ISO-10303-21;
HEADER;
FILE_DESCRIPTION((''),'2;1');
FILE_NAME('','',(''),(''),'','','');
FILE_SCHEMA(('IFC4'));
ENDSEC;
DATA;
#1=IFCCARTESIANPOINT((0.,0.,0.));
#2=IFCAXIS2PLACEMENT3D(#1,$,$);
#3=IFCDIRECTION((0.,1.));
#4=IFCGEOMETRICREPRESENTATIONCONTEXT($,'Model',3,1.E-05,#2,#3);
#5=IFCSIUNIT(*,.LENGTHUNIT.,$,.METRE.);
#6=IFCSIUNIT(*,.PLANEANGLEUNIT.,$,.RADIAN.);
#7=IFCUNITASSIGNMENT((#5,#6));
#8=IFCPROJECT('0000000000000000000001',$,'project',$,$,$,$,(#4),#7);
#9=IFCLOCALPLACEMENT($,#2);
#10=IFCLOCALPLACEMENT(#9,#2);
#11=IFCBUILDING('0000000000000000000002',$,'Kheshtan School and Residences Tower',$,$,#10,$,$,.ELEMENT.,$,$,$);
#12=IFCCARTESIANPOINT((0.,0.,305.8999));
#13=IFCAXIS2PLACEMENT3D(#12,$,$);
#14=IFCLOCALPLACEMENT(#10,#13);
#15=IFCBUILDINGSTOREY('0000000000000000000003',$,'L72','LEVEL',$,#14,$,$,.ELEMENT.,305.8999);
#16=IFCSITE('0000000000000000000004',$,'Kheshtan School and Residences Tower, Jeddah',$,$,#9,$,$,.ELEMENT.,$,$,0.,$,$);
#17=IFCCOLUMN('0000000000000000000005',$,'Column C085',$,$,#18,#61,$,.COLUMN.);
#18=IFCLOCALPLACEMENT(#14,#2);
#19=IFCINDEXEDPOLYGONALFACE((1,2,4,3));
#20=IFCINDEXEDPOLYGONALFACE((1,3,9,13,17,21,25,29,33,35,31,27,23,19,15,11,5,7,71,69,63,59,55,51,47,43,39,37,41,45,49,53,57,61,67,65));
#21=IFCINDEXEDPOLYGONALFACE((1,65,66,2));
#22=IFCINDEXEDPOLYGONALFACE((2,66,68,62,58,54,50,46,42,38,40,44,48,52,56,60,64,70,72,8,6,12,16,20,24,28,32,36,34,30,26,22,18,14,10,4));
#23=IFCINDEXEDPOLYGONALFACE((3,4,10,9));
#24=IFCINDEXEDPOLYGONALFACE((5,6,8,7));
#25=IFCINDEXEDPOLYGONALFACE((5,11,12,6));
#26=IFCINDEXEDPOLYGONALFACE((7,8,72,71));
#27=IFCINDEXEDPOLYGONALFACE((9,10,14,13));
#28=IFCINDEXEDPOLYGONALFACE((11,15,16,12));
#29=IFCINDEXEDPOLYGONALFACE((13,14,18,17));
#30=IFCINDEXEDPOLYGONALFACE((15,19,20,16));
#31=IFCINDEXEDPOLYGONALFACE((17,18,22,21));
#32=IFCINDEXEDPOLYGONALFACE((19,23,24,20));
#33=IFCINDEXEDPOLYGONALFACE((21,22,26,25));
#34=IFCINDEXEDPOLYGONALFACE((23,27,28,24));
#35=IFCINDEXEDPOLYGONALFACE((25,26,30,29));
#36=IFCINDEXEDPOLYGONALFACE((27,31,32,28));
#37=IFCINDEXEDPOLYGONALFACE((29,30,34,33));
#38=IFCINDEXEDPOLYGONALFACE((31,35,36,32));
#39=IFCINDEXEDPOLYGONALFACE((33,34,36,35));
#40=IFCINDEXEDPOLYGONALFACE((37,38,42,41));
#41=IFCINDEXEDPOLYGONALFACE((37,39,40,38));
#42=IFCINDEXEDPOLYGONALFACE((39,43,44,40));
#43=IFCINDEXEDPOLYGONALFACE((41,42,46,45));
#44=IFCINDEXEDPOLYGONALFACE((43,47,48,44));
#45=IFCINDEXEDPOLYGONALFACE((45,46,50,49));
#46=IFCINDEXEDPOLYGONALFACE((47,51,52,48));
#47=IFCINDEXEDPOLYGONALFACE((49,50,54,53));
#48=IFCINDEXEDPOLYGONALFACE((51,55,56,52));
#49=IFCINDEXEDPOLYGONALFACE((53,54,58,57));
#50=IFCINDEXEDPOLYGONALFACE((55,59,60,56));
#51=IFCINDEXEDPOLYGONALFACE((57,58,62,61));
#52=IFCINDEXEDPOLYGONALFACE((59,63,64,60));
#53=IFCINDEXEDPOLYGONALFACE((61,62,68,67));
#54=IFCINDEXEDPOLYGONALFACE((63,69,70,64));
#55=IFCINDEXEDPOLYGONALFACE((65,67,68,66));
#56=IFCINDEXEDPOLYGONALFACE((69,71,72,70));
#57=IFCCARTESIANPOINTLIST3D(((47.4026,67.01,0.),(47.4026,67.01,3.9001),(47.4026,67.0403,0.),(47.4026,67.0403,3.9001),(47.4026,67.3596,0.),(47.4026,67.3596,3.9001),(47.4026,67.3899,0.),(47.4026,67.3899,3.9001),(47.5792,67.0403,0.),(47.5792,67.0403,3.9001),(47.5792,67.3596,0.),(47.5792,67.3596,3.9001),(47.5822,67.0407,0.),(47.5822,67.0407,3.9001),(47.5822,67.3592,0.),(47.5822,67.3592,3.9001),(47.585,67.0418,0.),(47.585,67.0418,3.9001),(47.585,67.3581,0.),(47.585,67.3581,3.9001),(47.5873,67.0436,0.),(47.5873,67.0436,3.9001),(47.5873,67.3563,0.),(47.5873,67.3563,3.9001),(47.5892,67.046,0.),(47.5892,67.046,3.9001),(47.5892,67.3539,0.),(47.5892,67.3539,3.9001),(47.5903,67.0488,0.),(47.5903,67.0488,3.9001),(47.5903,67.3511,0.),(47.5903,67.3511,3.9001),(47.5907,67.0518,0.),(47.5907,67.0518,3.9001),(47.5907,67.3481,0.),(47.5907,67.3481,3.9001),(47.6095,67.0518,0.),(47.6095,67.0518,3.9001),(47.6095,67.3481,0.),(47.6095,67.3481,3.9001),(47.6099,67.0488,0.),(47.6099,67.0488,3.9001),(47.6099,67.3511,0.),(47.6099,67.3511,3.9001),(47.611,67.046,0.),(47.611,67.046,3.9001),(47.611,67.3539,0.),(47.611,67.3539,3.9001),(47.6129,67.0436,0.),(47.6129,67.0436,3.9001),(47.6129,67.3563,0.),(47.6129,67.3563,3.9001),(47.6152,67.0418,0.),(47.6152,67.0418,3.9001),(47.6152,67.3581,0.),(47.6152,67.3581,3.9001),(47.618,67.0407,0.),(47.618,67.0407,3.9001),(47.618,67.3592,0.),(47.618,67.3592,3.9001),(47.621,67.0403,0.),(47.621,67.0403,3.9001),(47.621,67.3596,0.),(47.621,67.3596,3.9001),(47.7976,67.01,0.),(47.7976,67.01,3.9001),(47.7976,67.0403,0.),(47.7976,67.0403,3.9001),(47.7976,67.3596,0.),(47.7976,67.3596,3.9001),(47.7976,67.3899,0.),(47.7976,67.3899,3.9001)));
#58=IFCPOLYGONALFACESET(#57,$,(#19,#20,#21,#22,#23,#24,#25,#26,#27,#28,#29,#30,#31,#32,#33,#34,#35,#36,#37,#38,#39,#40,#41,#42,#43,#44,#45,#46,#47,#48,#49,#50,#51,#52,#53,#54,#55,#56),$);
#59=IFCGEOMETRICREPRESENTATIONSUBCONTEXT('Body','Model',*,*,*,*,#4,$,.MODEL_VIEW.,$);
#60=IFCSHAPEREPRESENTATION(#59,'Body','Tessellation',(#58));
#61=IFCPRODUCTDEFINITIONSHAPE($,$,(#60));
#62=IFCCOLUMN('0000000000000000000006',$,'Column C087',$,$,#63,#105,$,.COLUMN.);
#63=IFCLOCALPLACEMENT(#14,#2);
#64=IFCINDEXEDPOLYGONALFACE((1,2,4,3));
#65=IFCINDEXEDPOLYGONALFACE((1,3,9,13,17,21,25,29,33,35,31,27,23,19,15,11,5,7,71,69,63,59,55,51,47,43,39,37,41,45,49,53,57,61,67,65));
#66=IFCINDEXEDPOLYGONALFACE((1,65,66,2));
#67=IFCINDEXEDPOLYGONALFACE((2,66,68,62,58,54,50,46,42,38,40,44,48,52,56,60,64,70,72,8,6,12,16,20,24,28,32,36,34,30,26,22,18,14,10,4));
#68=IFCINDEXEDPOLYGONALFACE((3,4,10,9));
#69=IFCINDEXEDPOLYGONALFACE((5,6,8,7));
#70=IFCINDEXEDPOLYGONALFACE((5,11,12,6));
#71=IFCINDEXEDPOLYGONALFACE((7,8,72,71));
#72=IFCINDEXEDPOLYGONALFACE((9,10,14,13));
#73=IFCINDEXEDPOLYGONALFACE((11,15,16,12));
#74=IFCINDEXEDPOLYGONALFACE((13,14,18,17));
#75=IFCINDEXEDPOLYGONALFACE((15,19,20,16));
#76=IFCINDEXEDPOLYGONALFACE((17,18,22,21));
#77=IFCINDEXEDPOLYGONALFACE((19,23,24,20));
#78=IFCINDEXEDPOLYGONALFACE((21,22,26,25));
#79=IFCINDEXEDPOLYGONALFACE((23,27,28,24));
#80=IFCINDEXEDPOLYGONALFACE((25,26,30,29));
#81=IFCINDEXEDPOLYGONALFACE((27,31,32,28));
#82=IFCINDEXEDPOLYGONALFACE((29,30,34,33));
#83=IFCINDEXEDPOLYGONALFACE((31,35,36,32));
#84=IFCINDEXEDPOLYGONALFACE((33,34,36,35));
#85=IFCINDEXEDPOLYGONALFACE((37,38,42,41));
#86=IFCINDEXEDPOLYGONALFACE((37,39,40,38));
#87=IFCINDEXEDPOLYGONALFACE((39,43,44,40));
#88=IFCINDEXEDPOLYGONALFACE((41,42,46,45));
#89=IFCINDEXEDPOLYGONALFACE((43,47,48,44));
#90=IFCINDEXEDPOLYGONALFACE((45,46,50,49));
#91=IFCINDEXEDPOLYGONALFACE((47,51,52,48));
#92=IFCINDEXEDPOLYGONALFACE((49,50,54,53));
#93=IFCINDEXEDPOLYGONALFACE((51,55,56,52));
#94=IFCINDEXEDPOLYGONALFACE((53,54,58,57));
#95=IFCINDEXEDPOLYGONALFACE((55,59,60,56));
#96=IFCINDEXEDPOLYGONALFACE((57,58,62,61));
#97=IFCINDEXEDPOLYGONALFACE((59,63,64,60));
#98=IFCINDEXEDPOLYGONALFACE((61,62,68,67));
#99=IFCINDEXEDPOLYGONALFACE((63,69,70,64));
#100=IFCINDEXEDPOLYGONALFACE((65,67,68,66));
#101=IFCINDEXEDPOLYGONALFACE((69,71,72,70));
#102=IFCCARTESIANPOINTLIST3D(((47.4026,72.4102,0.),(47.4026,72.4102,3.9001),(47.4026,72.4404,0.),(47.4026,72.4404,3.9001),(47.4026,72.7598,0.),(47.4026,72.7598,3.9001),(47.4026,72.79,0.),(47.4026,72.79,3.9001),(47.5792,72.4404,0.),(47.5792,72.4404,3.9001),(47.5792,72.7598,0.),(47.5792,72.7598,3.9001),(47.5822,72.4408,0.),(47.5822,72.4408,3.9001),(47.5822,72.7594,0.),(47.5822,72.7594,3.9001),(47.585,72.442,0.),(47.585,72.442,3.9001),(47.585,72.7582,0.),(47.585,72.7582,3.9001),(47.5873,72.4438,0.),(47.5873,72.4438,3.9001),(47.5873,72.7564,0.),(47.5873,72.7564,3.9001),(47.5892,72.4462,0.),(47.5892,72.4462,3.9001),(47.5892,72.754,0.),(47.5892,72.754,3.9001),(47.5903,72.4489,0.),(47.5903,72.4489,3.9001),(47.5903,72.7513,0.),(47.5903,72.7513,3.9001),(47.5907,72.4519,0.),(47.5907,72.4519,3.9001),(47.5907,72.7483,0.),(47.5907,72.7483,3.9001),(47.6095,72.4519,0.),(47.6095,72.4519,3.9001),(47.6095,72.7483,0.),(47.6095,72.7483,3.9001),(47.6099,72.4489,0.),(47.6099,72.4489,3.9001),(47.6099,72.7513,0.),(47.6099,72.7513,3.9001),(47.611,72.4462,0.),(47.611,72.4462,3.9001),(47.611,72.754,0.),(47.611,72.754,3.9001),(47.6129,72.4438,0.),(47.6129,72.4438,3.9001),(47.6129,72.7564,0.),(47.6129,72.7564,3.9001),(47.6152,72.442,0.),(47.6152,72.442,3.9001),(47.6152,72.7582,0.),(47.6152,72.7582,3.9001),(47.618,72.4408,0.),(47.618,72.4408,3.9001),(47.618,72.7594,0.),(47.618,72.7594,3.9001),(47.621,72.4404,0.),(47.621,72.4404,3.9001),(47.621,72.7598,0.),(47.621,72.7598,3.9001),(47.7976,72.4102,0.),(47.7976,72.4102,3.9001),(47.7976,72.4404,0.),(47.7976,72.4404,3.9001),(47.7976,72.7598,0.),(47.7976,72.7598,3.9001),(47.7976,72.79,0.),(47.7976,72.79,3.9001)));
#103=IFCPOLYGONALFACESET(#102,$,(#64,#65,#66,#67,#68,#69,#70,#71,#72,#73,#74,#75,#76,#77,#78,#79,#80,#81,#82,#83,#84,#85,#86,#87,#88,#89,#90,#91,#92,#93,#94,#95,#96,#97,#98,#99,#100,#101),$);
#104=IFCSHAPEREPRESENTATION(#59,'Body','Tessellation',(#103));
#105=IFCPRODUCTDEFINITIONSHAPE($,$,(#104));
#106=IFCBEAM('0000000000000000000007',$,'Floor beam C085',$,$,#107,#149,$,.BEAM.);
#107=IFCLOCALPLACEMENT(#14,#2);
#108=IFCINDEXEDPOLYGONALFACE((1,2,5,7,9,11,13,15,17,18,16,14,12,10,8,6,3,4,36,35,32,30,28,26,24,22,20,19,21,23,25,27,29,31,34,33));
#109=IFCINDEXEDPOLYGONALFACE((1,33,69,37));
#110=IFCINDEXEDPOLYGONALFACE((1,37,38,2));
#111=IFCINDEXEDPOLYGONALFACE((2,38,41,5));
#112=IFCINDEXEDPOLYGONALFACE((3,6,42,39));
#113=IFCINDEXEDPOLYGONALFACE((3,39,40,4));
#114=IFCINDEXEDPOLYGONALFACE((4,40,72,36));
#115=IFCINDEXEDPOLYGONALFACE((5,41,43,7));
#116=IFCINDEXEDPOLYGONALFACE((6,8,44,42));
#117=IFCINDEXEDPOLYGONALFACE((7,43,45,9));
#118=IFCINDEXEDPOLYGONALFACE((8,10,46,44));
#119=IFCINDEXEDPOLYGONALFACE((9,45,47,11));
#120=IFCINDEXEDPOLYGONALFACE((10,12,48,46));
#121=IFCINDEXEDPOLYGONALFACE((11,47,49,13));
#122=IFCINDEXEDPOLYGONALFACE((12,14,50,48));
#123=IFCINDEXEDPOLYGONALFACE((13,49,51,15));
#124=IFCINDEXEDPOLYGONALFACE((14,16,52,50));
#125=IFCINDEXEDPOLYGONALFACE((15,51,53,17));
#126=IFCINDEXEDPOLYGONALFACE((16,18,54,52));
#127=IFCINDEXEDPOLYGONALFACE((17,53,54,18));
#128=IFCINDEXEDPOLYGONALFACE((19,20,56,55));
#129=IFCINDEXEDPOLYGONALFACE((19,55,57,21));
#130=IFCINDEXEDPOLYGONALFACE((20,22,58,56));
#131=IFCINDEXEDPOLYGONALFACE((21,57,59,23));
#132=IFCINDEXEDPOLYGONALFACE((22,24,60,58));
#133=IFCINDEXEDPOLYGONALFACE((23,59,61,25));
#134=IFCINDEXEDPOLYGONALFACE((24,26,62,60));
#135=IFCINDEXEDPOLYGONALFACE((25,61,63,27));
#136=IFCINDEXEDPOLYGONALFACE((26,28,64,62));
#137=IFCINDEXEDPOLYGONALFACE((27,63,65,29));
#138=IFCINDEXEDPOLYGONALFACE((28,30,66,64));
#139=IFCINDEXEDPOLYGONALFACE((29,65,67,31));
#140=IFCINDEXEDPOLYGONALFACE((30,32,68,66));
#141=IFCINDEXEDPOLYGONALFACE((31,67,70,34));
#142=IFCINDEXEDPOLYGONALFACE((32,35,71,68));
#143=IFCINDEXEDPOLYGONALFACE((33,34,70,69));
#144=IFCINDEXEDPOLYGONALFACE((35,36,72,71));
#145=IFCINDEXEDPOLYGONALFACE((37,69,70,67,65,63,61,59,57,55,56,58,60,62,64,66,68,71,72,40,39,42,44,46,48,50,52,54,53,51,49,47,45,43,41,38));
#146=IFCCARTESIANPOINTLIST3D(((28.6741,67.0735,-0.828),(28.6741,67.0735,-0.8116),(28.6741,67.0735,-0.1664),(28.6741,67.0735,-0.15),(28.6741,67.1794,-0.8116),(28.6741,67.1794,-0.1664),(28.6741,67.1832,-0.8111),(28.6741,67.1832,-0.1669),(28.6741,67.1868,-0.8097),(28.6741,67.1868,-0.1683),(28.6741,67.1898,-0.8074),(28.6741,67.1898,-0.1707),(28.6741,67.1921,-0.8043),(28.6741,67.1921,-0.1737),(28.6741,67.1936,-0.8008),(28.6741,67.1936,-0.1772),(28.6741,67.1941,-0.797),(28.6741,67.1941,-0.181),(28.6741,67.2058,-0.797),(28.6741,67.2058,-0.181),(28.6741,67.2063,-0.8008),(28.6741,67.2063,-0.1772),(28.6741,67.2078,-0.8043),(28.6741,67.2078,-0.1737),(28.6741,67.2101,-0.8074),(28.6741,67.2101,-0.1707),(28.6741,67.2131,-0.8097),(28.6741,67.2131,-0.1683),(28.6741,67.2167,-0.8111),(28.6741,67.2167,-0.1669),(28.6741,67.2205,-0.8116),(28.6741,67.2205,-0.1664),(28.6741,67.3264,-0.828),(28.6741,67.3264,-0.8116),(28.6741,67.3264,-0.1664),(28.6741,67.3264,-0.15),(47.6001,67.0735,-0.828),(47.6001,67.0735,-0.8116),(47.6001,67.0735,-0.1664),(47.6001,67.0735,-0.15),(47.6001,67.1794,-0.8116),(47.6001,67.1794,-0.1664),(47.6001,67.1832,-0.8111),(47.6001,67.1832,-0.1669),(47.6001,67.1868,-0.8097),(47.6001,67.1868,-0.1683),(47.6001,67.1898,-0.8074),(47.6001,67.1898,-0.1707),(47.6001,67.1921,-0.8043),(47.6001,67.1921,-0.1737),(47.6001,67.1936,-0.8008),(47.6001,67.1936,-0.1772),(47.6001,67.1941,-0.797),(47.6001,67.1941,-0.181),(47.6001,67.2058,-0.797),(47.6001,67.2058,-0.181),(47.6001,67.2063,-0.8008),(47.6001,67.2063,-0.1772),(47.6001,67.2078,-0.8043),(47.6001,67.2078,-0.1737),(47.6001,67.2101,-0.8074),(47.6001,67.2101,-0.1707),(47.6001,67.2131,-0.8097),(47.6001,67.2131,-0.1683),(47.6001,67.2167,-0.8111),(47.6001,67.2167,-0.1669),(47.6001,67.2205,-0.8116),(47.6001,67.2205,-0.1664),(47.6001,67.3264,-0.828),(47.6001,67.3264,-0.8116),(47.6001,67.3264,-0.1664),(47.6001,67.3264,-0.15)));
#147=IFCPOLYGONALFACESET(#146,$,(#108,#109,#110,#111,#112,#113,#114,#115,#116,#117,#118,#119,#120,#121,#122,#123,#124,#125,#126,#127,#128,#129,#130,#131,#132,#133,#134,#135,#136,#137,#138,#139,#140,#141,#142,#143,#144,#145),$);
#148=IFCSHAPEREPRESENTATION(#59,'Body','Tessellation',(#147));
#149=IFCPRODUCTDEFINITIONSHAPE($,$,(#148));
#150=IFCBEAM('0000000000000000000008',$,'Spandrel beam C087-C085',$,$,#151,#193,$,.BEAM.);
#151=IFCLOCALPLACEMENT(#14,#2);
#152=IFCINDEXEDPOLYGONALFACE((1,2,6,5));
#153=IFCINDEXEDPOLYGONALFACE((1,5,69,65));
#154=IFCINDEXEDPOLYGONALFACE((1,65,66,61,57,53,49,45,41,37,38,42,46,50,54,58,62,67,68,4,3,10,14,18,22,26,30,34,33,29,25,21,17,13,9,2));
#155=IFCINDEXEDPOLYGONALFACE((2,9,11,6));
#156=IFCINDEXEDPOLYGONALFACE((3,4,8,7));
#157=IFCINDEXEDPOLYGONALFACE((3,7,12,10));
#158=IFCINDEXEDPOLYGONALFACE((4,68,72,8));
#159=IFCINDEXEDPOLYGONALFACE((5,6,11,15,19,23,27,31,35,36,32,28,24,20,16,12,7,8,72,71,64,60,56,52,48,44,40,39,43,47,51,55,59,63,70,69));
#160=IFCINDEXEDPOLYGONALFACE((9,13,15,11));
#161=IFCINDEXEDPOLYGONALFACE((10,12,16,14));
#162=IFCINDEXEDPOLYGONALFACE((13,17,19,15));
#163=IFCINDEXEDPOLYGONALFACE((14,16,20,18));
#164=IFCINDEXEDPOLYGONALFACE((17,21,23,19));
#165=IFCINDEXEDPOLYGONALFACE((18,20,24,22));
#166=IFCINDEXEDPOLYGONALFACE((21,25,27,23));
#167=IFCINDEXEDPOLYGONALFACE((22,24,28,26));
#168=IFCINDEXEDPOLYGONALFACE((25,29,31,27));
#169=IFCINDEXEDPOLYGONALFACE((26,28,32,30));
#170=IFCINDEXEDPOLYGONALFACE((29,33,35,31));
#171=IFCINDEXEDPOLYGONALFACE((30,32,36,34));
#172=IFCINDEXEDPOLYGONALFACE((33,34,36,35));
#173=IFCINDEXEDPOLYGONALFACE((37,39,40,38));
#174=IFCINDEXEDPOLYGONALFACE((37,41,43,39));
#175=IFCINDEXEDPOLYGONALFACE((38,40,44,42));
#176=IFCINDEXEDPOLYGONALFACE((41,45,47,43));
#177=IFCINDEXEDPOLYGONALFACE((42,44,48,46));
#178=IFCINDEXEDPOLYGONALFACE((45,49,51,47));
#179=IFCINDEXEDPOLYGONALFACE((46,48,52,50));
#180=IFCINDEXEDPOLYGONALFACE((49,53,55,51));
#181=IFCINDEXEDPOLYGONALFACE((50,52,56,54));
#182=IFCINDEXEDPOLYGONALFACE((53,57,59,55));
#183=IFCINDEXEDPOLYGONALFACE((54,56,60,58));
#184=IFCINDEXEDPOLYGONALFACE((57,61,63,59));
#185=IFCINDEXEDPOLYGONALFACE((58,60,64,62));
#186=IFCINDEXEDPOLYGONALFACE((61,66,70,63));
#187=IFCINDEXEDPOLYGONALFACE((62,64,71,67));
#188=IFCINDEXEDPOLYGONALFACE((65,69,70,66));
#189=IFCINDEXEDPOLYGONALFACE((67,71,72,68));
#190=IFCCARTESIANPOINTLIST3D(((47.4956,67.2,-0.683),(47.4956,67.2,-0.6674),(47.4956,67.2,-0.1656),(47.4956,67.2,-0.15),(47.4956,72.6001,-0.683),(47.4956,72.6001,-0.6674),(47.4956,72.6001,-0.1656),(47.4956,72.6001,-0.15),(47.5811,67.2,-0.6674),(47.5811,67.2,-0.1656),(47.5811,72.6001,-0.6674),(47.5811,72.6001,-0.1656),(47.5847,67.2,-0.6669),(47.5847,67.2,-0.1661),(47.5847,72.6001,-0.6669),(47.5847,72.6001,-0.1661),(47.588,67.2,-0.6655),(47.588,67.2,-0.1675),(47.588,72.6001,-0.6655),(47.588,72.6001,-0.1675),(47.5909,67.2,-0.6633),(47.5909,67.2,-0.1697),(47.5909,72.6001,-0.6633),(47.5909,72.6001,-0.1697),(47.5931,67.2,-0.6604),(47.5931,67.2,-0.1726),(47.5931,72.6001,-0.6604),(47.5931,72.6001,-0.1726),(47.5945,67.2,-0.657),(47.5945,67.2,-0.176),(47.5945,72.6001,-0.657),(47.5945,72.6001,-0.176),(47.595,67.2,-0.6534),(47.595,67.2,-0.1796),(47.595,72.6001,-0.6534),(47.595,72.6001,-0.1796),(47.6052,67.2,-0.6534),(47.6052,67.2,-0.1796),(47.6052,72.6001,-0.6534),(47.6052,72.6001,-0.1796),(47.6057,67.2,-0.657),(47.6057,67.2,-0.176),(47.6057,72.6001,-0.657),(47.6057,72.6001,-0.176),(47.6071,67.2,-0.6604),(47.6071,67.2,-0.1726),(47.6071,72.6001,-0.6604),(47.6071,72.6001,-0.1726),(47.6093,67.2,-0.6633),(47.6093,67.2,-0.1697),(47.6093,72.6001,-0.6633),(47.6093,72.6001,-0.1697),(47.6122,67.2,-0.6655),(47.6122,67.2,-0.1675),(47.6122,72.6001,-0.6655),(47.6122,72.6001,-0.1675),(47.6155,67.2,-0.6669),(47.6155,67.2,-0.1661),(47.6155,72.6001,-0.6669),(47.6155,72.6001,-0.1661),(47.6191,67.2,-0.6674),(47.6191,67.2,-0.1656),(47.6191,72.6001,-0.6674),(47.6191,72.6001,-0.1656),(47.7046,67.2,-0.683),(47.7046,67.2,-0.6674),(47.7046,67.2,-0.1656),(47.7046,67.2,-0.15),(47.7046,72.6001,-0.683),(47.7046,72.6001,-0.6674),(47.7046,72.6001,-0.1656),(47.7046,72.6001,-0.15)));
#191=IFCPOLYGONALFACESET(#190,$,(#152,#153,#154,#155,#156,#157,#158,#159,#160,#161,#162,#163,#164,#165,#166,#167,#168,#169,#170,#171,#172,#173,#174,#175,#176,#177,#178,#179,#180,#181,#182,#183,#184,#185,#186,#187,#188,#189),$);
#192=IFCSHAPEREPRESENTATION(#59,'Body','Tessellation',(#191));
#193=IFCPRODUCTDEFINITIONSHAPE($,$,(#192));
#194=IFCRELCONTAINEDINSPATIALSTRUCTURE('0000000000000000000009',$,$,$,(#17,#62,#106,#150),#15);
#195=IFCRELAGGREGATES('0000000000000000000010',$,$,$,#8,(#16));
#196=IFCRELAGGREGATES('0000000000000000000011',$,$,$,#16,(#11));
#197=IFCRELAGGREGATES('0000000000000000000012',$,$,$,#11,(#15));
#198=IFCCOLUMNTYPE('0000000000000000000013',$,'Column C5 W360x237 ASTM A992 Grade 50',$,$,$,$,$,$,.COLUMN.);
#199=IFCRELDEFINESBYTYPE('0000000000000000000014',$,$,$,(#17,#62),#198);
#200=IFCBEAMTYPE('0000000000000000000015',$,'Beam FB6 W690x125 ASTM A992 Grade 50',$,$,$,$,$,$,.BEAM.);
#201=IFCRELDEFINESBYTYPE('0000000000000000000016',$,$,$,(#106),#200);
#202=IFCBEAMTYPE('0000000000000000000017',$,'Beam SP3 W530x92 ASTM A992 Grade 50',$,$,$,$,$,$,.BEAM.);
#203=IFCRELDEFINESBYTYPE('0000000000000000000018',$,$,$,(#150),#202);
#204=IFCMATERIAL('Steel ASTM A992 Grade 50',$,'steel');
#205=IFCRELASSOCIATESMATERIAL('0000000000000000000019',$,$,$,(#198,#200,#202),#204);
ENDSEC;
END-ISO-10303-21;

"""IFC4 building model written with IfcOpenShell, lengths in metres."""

from ifc_helpers import new_model, si_unit, direction, frame, origin, origin_2d, place, context, subcontext, project, spatial, i_section, extrude, material, material_profile, profile_set, type_object, element, save


model = new_model("IFC4")

# Units and contexts
model_context = context("Model", 3, precision=1e-05, world=origin(), true_north=direction((0.0, 1.0)))
body_context = subcontext(model_context, "Body", "Model", "MODEL_VIEW")
ifc_project = project(units=[si_unit("LENGTHUNIT", "METRE"), si_unit("PLANEANGLEUNIT", "RADIAN")], contexts=[model_context])

# Site, building, storey
site_placement = place(None, origin())
site = spatial("IfcSite", under=ifc_project, at=site_placement, Name="Kheshtan School and Residences Tower, Jeddah", CompositionType="ELEMENT", RefElevation=0.0)
building_placement = place(site_placement, origin())
building = spatial("IfcBuilding", under=site, at=building_placement, Name="Kheshtan School and Residences Tower", CompositionType="ELEMENT")
storey_placement = place(building_placement, frame((0.0, 0.0, 305.8999)))
storey = spatial("IfcBuildingStorey", under=building, at=storey_placement, Name="L72", Description="LEVEL", CompositionType="ELEMENT", Elevation=305.8999)

# Columns
ifc_material_1 = material(Name="Steel ASTM A992 Grade 50", Category="steel")
ifc_material_profile_1 = material_profile(ifc_material_1, i_section(OverallWidth=0.395, OverallDepth=0.3799, WebThickness=0.0188, FlangeThickness=0.0303, FilletRadius=0.0115, at=origin_2d()), Name="W360x237")
ifc_profile_set_1 = profile_set([ifc_material_profile_1], Name="Steel ASTM A992 Grade 50")
column_type = type_object("IfcColumnType", Name="Column C5 W360x237 ASTM A992 Grade 50", PredefinedType="COLUMN", material=ifc_profile_set_1)
for number, where, z_axis, x_axis, name in (
    (1, (47.6001, 67.2, 0.0), (0.0, 0.0, 1.0), (1.0, 0.0, 0.0), "Column C085"),
    (2, (47.6001, 72.6001, 0.0), (0.0, 0.0, 1.0), (1.0, 0.0, 0.0), "Column C087"),
):
    element("IfcColumn", number, at=place(storey_placement, frame(where, z_axis=z_axis, x_axis=x_axis)), inside=storey, type_object=column_type, Name=name, PredefinedType="COLUMN", context=body_context, shape_type="SweptSolid", body=[
        extrude(i_section(OverallWidth=0.395, OverallDepth=0.3799, WebThickness=0.0188, FlangeThickness=0.0303, FilletRadius=0.0115, at=origin_2d()), origin(), (0.0, 0.0, 1.0), 3.9001),
    ])

# Beams
ifc_material_profile_2 = material_profile(ifc_material_1, i_section(OverallWidth=0.2529, OverallDepth=0.678, WebThickness=0.0117, FlangeThickness=0.0164, FilletRadius=0.0146, at=origin_2d()), Name="W690x125")
ifc_profile_set_2 = profile_set([ifc_material_profile_2], Name="Steel ASTM A992 Grade 50")
beam_type_1 = type_object("IfcBeamType", Name="Beam FB6 W690x125 ASTM A992 Grade 50", PredefinedType="BEAM", material=ifc_profile_set_2)
beam_1_placement = place(storey_placement, frame((47.6001, 67.2, -0.489), z_axis=(-1.0, 0.0, 0.0), x_axis=(0.0, -1.0, 0.0)))
element("IfcBeam", 3, at=beam_1_placement, inside=storey, type_object=beam_type_1, Name="Floor beam C085", PredefinedType="BEAM", context=body_context, shape_type="SweptSolid", body=[
    extrude(i_section(OverallWidth=0.2529, OverallDepth=0.678, WebThickness=0.0117, FlangeThickness=0.0164, FilletRadius=0.0146, at=origin_2d()), origin(), (0.0, 0.0, 1.0), 18.926),
])
ifc_material_profile_3 = material_profile(ifc_material_1, i_section(OverallWidth=0.209, OverallDepth=0.533, WebThickness=0.0103, FlangeThickness=0.0156, FilletRadius=0.0139, at=origin_2d()), Name="W530x92")
ifc_profile_set_3 = profile_set([ifc_material_profile_3], Name="Steel ASTM A992 Grade 50")
beam_type_2 = type_object("IfcBeamType", Name="Beam SP3 W530x92 ASTM A992 Grade 50", PredefinedType="BEAM", material=ifc_profile_set_3)
beam_2_placement = place(storey_placement, frame((47.6001, 72.6001, -0.4165), z_axis=(0.0, -1.0, 0.0), x_axis=(1.0, 0.0, 0.0)))
element("IfcBeam", 4, at=beam_2_placement, inside=storey, type_object=beam_type_2, Name="Spandrel beam C087-C085", PredefinedType="BEAM", context=body_context, shape_type="SweptSolid", body=[
    extrude(i_section(OverallWidth=0.209, OverallDepth=0.533, WebThickness=0.0103, FlangeThickness=0.0156, FilletRadius=0.0139, at=origin_2d()), origin(), (0.0, 0.0, 1.0), 5.4001),
])

save(model, "model.ifc")
